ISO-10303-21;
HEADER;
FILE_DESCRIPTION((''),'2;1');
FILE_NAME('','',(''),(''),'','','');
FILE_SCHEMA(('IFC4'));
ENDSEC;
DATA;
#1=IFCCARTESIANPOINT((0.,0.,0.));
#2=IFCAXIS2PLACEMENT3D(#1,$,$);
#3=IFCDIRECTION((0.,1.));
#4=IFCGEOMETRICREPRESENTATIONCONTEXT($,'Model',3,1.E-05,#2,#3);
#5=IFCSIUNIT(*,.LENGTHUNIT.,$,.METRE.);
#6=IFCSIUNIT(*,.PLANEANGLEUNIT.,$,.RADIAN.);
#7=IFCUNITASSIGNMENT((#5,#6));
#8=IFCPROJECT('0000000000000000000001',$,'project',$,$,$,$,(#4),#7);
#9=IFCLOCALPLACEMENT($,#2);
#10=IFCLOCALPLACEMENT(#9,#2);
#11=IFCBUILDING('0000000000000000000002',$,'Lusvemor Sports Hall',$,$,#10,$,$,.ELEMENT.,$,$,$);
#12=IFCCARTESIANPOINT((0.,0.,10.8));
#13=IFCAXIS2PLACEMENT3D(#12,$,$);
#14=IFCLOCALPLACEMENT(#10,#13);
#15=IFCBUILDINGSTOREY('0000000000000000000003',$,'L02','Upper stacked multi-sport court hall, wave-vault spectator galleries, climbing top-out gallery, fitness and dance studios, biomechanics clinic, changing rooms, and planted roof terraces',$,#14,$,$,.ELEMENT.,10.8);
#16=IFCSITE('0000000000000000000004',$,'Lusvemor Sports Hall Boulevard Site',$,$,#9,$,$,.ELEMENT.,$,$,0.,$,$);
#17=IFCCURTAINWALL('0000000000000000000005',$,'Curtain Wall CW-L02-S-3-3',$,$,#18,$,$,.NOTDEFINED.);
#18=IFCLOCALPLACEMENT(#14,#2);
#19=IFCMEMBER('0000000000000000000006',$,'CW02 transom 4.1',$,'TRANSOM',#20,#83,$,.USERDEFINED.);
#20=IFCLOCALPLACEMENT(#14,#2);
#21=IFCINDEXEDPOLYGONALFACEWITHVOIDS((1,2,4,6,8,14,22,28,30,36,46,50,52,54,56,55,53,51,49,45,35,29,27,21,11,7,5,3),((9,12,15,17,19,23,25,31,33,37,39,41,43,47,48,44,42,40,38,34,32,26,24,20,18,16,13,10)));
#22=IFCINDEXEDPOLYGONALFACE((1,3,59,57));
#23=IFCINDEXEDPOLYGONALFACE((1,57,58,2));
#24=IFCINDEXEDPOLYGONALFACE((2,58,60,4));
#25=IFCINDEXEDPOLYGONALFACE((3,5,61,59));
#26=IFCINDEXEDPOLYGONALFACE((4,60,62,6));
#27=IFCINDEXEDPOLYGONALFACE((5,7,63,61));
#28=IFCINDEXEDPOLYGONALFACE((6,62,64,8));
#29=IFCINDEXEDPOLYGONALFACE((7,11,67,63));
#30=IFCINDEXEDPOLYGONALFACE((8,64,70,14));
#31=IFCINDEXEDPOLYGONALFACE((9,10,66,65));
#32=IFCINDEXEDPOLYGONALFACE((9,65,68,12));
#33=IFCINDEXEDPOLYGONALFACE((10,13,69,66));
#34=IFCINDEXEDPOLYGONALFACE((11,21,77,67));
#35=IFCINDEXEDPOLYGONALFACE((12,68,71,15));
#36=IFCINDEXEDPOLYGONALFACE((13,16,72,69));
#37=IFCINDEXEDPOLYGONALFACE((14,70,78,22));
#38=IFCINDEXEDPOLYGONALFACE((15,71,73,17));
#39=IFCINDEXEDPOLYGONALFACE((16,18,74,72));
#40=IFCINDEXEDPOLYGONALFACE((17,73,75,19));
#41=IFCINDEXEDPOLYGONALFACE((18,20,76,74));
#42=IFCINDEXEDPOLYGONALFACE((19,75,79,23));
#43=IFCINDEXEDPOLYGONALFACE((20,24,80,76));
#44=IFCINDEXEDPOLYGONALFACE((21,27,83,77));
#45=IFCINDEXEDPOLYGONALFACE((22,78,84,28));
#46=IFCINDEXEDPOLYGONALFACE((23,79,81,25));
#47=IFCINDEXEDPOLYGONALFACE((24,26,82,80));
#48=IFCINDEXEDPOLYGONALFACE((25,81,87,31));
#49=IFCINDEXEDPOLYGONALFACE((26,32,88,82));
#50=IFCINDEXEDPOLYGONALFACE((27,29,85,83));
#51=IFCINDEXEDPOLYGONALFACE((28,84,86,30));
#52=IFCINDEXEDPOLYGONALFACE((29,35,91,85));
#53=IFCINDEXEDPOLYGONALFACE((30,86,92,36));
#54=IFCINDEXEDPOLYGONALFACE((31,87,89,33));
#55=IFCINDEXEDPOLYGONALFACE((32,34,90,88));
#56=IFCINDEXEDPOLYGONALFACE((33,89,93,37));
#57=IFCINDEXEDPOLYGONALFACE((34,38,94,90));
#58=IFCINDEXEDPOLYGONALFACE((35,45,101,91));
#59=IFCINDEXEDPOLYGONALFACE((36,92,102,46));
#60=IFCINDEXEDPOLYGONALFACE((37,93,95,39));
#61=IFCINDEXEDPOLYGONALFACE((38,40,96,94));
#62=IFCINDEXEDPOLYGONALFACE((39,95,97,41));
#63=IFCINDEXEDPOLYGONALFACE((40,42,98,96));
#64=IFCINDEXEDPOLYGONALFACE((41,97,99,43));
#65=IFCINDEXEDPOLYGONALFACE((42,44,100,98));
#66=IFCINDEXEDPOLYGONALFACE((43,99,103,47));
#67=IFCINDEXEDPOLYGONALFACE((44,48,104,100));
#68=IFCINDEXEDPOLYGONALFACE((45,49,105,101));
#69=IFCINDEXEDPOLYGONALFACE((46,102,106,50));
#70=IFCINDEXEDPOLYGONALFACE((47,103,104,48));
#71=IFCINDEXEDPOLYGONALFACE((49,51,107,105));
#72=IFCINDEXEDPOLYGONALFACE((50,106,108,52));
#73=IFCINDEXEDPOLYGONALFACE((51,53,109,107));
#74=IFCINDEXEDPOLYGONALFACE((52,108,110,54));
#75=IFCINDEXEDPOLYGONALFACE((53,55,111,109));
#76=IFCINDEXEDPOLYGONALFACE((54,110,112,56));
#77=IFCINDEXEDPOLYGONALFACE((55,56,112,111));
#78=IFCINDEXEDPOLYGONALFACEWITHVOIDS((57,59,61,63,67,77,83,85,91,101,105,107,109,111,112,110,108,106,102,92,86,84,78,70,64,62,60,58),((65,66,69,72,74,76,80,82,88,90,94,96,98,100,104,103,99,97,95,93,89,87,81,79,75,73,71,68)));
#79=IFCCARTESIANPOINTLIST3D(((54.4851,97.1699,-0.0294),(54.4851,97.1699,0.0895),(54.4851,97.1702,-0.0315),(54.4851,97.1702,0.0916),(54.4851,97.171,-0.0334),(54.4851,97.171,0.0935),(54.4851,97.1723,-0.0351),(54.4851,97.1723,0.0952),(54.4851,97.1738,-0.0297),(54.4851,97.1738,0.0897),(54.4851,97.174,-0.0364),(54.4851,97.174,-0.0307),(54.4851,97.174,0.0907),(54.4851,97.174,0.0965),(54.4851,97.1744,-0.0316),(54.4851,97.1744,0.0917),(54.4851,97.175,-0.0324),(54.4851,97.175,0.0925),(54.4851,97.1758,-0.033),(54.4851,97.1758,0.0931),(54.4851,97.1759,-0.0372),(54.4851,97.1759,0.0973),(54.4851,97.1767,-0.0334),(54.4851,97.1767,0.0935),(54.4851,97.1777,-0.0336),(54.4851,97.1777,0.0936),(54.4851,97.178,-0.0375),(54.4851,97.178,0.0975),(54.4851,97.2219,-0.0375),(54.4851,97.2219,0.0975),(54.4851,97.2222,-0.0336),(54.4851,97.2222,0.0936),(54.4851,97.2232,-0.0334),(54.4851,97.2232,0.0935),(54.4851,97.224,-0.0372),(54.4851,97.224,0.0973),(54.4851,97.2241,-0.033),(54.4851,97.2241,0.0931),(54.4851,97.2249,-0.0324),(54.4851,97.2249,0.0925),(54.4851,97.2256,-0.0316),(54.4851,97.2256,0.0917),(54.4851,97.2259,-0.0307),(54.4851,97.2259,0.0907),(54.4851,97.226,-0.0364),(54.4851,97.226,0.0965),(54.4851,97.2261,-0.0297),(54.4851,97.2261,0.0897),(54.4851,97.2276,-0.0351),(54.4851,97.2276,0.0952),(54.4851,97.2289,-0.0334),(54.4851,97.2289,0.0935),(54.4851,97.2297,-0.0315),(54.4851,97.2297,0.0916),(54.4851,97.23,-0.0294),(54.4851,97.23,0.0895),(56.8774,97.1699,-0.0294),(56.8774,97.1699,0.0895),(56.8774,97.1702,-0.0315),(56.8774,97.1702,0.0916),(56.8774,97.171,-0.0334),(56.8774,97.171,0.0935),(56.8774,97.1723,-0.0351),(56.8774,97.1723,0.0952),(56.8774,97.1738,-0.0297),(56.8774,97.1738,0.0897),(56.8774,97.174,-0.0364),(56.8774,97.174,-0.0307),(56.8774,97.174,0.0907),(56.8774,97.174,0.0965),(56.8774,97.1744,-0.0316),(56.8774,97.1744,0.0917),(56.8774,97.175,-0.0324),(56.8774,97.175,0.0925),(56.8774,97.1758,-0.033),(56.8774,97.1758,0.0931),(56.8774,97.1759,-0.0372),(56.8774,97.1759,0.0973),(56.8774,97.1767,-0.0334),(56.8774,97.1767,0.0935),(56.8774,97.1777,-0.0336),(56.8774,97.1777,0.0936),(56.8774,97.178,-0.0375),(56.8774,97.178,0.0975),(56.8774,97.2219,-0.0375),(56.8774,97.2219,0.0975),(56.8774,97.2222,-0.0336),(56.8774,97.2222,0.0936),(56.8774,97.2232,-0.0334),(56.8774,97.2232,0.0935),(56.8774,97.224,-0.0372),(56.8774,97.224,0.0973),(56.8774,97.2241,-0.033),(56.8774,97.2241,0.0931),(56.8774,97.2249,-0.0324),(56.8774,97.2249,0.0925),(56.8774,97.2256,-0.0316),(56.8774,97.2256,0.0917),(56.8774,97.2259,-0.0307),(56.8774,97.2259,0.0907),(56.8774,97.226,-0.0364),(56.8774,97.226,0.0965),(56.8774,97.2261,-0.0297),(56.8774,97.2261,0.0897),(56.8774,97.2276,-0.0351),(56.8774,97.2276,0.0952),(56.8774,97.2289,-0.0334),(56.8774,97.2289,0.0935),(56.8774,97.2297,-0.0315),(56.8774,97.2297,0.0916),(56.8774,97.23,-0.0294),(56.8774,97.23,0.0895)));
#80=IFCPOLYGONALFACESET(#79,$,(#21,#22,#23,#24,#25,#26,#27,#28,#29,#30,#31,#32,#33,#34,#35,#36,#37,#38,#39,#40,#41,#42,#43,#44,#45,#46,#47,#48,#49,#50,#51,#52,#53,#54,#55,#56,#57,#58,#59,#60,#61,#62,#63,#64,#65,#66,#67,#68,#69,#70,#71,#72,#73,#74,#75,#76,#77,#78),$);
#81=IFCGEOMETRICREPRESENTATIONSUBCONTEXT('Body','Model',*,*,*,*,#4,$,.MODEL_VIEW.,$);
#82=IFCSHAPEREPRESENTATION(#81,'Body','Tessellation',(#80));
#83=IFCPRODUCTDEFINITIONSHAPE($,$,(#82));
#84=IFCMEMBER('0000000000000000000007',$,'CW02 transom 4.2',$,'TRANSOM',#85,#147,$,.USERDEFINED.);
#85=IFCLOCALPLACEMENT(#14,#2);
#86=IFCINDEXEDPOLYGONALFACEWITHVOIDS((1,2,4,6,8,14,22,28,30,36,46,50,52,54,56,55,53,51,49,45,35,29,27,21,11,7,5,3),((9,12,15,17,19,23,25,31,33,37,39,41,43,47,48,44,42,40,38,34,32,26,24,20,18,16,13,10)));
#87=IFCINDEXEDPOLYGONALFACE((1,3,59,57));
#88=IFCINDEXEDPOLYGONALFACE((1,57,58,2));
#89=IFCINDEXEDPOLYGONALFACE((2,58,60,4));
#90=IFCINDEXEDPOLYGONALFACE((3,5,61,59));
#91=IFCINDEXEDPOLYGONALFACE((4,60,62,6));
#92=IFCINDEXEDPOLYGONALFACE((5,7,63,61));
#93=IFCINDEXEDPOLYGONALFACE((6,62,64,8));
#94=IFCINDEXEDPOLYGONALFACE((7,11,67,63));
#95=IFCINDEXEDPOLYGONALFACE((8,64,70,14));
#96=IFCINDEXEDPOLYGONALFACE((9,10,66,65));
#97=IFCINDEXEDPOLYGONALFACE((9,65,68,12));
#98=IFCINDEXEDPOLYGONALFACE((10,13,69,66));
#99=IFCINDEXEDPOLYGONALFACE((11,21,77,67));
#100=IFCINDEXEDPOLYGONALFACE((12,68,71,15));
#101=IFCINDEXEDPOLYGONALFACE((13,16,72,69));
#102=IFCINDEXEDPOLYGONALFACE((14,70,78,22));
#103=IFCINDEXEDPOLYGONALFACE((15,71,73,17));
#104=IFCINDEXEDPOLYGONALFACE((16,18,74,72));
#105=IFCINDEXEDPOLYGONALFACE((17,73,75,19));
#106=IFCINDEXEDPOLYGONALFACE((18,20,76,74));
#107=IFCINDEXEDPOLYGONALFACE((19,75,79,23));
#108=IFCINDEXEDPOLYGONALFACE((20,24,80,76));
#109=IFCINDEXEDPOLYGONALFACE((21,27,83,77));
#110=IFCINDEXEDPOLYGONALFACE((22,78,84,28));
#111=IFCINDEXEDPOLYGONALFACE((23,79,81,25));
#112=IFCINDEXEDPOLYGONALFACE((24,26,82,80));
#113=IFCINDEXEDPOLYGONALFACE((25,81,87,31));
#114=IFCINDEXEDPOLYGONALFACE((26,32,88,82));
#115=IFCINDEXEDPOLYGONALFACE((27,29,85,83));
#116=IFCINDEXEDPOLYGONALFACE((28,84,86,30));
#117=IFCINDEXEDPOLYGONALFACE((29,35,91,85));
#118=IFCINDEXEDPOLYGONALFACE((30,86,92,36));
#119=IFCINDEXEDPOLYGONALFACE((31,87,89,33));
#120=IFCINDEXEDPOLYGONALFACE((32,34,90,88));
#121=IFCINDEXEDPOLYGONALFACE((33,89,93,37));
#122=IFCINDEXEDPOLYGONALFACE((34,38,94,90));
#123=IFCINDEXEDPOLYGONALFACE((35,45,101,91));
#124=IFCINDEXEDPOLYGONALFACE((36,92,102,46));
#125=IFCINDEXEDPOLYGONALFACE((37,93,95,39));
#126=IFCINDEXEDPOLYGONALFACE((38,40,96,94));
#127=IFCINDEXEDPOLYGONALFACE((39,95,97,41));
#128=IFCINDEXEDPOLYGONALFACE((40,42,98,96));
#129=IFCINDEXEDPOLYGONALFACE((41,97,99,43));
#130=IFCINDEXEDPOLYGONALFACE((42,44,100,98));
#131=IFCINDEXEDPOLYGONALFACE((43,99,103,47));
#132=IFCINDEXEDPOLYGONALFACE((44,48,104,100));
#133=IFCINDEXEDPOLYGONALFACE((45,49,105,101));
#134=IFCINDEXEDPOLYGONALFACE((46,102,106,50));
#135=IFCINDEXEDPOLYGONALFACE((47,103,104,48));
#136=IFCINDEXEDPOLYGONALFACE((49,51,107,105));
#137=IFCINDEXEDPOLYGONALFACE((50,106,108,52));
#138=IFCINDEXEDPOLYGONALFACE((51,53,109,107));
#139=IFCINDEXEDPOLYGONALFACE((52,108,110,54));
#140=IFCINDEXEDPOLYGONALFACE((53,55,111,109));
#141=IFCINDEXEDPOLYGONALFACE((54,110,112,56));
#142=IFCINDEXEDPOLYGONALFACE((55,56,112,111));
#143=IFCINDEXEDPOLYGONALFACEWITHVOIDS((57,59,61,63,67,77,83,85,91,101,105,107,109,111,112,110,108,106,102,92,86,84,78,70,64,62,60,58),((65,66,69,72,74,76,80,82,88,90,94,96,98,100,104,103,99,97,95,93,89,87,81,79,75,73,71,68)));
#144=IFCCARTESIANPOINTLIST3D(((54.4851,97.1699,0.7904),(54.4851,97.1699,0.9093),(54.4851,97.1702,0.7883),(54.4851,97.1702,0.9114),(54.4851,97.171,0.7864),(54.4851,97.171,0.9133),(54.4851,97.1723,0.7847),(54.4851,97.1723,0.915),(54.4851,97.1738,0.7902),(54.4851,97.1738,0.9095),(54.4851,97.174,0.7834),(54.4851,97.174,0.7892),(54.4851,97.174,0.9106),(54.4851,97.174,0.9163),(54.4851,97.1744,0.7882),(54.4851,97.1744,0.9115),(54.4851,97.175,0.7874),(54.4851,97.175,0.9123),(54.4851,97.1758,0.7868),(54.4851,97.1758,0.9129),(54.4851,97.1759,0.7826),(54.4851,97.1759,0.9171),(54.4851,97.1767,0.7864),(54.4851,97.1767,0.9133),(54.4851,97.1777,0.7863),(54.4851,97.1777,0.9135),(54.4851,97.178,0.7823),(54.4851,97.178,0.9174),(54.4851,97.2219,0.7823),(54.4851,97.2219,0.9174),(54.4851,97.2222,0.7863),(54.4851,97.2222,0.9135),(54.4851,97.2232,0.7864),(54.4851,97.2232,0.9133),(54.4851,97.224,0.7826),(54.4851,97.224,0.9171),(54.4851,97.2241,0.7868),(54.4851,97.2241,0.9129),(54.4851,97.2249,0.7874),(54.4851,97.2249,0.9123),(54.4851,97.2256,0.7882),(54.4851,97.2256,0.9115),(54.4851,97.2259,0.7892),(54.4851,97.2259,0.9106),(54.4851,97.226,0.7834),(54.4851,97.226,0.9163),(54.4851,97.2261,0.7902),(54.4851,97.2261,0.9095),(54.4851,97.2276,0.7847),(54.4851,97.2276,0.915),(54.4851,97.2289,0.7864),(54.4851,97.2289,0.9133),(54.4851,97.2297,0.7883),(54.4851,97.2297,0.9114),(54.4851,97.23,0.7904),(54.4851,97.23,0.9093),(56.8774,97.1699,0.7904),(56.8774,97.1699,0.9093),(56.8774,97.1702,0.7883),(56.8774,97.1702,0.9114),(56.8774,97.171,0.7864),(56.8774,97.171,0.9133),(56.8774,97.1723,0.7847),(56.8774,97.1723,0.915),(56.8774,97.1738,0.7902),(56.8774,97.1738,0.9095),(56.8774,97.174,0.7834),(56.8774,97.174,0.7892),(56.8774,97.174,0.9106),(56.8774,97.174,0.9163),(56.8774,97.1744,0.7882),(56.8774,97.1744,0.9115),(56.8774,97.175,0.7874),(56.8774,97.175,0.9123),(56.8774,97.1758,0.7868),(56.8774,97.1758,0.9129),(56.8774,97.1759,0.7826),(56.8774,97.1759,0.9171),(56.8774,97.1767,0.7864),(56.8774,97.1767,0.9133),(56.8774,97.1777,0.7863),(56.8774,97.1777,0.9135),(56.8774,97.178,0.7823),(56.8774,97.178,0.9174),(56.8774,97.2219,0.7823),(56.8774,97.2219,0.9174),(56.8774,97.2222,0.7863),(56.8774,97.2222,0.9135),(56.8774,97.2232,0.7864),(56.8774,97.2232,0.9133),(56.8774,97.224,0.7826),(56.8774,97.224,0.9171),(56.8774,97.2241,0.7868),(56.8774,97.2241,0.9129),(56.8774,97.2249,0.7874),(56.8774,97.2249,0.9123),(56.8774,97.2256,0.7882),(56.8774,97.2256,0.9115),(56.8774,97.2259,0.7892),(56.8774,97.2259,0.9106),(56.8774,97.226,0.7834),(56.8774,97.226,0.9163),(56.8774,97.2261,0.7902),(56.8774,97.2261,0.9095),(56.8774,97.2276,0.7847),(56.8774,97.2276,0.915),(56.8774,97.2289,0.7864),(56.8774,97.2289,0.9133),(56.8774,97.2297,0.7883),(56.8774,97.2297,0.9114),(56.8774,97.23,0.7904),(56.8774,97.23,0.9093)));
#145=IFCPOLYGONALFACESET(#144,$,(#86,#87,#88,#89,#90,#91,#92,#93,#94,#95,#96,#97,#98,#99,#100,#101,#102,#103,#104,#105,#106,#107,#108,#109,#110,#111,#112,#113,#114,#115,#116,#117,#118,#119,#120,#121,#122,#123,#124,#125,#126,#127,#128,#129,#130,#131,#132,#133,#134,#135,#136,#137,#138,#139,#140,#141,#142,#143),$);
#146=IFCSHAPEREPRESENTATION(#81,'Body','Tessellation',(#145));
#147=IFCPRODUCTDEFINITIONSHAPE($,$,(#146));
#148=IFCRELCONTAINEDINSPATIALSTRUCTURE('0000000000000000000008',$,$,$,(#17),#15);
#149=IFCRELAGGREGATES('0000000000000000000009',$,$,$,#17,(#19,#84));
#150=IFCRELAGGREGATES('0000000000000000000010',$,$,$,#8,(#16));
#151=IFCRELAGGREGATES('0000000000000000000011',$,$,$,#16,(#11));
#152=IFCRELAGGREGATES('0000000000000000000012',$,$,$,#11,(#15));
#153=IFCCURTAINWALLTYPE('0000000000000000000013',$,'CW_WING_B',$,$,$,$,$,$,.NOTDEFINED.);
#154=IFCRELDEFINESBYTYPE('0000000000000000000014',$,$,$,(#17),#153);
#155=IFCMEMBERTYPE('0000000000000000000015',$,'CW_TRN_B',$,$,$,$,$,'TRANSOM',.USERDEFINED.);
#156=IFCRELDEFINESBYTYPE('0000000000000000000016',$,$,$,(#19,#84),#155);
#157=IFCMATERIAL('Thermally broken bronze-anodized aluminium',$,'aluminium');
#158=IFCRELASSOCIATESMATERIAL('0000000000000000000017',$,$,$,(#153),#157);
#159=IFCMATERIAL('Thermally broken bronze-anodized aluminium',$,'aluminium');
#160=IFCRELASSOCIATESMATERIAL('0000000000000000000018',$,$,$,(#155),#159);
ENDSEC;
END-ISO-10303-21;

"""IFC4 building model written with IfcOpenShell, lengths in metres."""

from ifc_helpers import new_model, si_unit, direction, frame, origin, origin_2d, place, context, subcontext, project, spatial, hollow_rectangle, extrude, material, material_profile, profile_set, type_object, element, aggregate, save


model = new_model("IFC4")

# Units and contexts
model_context = context("Model", 3, precision=1e-05, world=origin(), true_north=direction((0.0, 1.0)))
body_context = subcontext(model_context, "Body", "Model", "MODEL_VIEW")
ifc_project = project(units=[si_unit("LENGTHUNIT", "METRE"), si_unit("PLANEANGLEUNIT", "RADIAN")], contexts=[model_context])

# Site, building, storey
site_placement = place(None, origin())
site = spatial("IfcSite", under=ifc_project, at=site_placement, Name="Lusvemor Sports Hall Boulevard Site", CompositionType="ELEMENT", RefElevation=0.0)
building_placement = place(site_placement, origin())
building = spatial("IfcBuilding", under=site, at=building_placement, Name="Lusvemor Sports Hall", CompositionType="ELEMENT")
storey_placement = place(building_placement, frame((0.0, 0.0, 10.8)))
storey = spatial("IfcBuildingStorey", under=building, at=storey_placement, Name="L02", Description="Upper stacked multi-sport court hall, wave-vault spectator galleries, climbing top-out gallery, fitness and dance studios, biomechanics clinic, changing rooms, and planted roof terraces", CompositionType="ELEMENT", Elevation=10.8)

# Shared definitions
ifc_material_1 = material(Name="Thermally broken bronze-anodized aluminium", Category="aluminium")
curtain_wall_type = type_object("IfcCurtainWallType", Name="CW_WING_B", PredefinedType="NOTDEFINED", material=ifc_material_1)

# Curtain wall
curtain_wall_1_placement = place(storey_placement, origin())
curtain_wall_1 = element("IfcCurtainWall", 1, at=curtain_wall_1_placement, inside=storey, type_object=curtain_wall_type, Name="Curtain Wall CW-L02-S-3-3", PredefinedType="NOTDEFINED")

# Members
ifc_material_2 = material(Name="Thermally broken bronze-anodized aluminium", Category="aluminium")
ifc_material_profile_1 = material_profile(ifc_material_2, hollow_rectangle(XDim=0.0601, YDim=0.135, WallThickness=0.0039, InnerFilletRadius=0.0039, OuterFilletRadius=0.0081, at=origin_2d()), Name="CWTRN135x60x4")
ifc_profile_set_1 = profile_set([ifc_material_profile_1], Name="Thermally broken bronze-anodized aluminium")
member_type_1 = type_object("IfcMemberType", Name="CW_TRN_B", ElementType="TRANSOM", PredefinedType="USERDEFINED", material=ifc_profile_set_1)
member_1_placement = place(storey_placement, frame((56.8774, 97.2, 0.03), z_axis=(-1.0, 0.0, 0.0), x_axis=(0.0, -1.0, 0.0)))
member_1 = element("IfcMember", 2, at=member_1_placement, type_object=member_type_1, Name="CW02 transom 4.1", ObjectType="TRANSOM", PredefinedType="USERDEFINED", context=body_context, shape_type="SweptSolid", body=[
    extrude(hollow_rectangle(XDim=0.0601, YDim=0.135, WallThickness=0.0039, InnerFilletRadius=0.0039, OuterFilletRadius=0.0081, at=origin_2d()), origin(), (0.0, 0.0, 1.0), 2.3923),
])
member_2_placement = place(storey_placement, frame((56.8774, 97.2, 0.8499), z_axis=(-1.0, 0.0, 0.0), x_axis=(0.0, -1.0, 0.0)))
member_2 = element("IfcMember", 3, at=member_2_placement, type_object=member_type_1, Name="CW02 transom 4.2", ObjectType="TRANSOM", PredefinedType="USERDEFINED", context=body_context, shape_type="SweptSolid", body=[
    extrude(hollow_rectangle(XDim=0.0601, YDim=0.135, WallThickness=0.0039, InnerFilletRadius=0.0039, OuterFilletRadius=0.0081, at=origin_2d()), origin(), (0.0, 0.0, 1.0), 2.3923),
])

aggregate(curtain_wall_1, [member_1, member_2])

save(model, "model.ifc")
